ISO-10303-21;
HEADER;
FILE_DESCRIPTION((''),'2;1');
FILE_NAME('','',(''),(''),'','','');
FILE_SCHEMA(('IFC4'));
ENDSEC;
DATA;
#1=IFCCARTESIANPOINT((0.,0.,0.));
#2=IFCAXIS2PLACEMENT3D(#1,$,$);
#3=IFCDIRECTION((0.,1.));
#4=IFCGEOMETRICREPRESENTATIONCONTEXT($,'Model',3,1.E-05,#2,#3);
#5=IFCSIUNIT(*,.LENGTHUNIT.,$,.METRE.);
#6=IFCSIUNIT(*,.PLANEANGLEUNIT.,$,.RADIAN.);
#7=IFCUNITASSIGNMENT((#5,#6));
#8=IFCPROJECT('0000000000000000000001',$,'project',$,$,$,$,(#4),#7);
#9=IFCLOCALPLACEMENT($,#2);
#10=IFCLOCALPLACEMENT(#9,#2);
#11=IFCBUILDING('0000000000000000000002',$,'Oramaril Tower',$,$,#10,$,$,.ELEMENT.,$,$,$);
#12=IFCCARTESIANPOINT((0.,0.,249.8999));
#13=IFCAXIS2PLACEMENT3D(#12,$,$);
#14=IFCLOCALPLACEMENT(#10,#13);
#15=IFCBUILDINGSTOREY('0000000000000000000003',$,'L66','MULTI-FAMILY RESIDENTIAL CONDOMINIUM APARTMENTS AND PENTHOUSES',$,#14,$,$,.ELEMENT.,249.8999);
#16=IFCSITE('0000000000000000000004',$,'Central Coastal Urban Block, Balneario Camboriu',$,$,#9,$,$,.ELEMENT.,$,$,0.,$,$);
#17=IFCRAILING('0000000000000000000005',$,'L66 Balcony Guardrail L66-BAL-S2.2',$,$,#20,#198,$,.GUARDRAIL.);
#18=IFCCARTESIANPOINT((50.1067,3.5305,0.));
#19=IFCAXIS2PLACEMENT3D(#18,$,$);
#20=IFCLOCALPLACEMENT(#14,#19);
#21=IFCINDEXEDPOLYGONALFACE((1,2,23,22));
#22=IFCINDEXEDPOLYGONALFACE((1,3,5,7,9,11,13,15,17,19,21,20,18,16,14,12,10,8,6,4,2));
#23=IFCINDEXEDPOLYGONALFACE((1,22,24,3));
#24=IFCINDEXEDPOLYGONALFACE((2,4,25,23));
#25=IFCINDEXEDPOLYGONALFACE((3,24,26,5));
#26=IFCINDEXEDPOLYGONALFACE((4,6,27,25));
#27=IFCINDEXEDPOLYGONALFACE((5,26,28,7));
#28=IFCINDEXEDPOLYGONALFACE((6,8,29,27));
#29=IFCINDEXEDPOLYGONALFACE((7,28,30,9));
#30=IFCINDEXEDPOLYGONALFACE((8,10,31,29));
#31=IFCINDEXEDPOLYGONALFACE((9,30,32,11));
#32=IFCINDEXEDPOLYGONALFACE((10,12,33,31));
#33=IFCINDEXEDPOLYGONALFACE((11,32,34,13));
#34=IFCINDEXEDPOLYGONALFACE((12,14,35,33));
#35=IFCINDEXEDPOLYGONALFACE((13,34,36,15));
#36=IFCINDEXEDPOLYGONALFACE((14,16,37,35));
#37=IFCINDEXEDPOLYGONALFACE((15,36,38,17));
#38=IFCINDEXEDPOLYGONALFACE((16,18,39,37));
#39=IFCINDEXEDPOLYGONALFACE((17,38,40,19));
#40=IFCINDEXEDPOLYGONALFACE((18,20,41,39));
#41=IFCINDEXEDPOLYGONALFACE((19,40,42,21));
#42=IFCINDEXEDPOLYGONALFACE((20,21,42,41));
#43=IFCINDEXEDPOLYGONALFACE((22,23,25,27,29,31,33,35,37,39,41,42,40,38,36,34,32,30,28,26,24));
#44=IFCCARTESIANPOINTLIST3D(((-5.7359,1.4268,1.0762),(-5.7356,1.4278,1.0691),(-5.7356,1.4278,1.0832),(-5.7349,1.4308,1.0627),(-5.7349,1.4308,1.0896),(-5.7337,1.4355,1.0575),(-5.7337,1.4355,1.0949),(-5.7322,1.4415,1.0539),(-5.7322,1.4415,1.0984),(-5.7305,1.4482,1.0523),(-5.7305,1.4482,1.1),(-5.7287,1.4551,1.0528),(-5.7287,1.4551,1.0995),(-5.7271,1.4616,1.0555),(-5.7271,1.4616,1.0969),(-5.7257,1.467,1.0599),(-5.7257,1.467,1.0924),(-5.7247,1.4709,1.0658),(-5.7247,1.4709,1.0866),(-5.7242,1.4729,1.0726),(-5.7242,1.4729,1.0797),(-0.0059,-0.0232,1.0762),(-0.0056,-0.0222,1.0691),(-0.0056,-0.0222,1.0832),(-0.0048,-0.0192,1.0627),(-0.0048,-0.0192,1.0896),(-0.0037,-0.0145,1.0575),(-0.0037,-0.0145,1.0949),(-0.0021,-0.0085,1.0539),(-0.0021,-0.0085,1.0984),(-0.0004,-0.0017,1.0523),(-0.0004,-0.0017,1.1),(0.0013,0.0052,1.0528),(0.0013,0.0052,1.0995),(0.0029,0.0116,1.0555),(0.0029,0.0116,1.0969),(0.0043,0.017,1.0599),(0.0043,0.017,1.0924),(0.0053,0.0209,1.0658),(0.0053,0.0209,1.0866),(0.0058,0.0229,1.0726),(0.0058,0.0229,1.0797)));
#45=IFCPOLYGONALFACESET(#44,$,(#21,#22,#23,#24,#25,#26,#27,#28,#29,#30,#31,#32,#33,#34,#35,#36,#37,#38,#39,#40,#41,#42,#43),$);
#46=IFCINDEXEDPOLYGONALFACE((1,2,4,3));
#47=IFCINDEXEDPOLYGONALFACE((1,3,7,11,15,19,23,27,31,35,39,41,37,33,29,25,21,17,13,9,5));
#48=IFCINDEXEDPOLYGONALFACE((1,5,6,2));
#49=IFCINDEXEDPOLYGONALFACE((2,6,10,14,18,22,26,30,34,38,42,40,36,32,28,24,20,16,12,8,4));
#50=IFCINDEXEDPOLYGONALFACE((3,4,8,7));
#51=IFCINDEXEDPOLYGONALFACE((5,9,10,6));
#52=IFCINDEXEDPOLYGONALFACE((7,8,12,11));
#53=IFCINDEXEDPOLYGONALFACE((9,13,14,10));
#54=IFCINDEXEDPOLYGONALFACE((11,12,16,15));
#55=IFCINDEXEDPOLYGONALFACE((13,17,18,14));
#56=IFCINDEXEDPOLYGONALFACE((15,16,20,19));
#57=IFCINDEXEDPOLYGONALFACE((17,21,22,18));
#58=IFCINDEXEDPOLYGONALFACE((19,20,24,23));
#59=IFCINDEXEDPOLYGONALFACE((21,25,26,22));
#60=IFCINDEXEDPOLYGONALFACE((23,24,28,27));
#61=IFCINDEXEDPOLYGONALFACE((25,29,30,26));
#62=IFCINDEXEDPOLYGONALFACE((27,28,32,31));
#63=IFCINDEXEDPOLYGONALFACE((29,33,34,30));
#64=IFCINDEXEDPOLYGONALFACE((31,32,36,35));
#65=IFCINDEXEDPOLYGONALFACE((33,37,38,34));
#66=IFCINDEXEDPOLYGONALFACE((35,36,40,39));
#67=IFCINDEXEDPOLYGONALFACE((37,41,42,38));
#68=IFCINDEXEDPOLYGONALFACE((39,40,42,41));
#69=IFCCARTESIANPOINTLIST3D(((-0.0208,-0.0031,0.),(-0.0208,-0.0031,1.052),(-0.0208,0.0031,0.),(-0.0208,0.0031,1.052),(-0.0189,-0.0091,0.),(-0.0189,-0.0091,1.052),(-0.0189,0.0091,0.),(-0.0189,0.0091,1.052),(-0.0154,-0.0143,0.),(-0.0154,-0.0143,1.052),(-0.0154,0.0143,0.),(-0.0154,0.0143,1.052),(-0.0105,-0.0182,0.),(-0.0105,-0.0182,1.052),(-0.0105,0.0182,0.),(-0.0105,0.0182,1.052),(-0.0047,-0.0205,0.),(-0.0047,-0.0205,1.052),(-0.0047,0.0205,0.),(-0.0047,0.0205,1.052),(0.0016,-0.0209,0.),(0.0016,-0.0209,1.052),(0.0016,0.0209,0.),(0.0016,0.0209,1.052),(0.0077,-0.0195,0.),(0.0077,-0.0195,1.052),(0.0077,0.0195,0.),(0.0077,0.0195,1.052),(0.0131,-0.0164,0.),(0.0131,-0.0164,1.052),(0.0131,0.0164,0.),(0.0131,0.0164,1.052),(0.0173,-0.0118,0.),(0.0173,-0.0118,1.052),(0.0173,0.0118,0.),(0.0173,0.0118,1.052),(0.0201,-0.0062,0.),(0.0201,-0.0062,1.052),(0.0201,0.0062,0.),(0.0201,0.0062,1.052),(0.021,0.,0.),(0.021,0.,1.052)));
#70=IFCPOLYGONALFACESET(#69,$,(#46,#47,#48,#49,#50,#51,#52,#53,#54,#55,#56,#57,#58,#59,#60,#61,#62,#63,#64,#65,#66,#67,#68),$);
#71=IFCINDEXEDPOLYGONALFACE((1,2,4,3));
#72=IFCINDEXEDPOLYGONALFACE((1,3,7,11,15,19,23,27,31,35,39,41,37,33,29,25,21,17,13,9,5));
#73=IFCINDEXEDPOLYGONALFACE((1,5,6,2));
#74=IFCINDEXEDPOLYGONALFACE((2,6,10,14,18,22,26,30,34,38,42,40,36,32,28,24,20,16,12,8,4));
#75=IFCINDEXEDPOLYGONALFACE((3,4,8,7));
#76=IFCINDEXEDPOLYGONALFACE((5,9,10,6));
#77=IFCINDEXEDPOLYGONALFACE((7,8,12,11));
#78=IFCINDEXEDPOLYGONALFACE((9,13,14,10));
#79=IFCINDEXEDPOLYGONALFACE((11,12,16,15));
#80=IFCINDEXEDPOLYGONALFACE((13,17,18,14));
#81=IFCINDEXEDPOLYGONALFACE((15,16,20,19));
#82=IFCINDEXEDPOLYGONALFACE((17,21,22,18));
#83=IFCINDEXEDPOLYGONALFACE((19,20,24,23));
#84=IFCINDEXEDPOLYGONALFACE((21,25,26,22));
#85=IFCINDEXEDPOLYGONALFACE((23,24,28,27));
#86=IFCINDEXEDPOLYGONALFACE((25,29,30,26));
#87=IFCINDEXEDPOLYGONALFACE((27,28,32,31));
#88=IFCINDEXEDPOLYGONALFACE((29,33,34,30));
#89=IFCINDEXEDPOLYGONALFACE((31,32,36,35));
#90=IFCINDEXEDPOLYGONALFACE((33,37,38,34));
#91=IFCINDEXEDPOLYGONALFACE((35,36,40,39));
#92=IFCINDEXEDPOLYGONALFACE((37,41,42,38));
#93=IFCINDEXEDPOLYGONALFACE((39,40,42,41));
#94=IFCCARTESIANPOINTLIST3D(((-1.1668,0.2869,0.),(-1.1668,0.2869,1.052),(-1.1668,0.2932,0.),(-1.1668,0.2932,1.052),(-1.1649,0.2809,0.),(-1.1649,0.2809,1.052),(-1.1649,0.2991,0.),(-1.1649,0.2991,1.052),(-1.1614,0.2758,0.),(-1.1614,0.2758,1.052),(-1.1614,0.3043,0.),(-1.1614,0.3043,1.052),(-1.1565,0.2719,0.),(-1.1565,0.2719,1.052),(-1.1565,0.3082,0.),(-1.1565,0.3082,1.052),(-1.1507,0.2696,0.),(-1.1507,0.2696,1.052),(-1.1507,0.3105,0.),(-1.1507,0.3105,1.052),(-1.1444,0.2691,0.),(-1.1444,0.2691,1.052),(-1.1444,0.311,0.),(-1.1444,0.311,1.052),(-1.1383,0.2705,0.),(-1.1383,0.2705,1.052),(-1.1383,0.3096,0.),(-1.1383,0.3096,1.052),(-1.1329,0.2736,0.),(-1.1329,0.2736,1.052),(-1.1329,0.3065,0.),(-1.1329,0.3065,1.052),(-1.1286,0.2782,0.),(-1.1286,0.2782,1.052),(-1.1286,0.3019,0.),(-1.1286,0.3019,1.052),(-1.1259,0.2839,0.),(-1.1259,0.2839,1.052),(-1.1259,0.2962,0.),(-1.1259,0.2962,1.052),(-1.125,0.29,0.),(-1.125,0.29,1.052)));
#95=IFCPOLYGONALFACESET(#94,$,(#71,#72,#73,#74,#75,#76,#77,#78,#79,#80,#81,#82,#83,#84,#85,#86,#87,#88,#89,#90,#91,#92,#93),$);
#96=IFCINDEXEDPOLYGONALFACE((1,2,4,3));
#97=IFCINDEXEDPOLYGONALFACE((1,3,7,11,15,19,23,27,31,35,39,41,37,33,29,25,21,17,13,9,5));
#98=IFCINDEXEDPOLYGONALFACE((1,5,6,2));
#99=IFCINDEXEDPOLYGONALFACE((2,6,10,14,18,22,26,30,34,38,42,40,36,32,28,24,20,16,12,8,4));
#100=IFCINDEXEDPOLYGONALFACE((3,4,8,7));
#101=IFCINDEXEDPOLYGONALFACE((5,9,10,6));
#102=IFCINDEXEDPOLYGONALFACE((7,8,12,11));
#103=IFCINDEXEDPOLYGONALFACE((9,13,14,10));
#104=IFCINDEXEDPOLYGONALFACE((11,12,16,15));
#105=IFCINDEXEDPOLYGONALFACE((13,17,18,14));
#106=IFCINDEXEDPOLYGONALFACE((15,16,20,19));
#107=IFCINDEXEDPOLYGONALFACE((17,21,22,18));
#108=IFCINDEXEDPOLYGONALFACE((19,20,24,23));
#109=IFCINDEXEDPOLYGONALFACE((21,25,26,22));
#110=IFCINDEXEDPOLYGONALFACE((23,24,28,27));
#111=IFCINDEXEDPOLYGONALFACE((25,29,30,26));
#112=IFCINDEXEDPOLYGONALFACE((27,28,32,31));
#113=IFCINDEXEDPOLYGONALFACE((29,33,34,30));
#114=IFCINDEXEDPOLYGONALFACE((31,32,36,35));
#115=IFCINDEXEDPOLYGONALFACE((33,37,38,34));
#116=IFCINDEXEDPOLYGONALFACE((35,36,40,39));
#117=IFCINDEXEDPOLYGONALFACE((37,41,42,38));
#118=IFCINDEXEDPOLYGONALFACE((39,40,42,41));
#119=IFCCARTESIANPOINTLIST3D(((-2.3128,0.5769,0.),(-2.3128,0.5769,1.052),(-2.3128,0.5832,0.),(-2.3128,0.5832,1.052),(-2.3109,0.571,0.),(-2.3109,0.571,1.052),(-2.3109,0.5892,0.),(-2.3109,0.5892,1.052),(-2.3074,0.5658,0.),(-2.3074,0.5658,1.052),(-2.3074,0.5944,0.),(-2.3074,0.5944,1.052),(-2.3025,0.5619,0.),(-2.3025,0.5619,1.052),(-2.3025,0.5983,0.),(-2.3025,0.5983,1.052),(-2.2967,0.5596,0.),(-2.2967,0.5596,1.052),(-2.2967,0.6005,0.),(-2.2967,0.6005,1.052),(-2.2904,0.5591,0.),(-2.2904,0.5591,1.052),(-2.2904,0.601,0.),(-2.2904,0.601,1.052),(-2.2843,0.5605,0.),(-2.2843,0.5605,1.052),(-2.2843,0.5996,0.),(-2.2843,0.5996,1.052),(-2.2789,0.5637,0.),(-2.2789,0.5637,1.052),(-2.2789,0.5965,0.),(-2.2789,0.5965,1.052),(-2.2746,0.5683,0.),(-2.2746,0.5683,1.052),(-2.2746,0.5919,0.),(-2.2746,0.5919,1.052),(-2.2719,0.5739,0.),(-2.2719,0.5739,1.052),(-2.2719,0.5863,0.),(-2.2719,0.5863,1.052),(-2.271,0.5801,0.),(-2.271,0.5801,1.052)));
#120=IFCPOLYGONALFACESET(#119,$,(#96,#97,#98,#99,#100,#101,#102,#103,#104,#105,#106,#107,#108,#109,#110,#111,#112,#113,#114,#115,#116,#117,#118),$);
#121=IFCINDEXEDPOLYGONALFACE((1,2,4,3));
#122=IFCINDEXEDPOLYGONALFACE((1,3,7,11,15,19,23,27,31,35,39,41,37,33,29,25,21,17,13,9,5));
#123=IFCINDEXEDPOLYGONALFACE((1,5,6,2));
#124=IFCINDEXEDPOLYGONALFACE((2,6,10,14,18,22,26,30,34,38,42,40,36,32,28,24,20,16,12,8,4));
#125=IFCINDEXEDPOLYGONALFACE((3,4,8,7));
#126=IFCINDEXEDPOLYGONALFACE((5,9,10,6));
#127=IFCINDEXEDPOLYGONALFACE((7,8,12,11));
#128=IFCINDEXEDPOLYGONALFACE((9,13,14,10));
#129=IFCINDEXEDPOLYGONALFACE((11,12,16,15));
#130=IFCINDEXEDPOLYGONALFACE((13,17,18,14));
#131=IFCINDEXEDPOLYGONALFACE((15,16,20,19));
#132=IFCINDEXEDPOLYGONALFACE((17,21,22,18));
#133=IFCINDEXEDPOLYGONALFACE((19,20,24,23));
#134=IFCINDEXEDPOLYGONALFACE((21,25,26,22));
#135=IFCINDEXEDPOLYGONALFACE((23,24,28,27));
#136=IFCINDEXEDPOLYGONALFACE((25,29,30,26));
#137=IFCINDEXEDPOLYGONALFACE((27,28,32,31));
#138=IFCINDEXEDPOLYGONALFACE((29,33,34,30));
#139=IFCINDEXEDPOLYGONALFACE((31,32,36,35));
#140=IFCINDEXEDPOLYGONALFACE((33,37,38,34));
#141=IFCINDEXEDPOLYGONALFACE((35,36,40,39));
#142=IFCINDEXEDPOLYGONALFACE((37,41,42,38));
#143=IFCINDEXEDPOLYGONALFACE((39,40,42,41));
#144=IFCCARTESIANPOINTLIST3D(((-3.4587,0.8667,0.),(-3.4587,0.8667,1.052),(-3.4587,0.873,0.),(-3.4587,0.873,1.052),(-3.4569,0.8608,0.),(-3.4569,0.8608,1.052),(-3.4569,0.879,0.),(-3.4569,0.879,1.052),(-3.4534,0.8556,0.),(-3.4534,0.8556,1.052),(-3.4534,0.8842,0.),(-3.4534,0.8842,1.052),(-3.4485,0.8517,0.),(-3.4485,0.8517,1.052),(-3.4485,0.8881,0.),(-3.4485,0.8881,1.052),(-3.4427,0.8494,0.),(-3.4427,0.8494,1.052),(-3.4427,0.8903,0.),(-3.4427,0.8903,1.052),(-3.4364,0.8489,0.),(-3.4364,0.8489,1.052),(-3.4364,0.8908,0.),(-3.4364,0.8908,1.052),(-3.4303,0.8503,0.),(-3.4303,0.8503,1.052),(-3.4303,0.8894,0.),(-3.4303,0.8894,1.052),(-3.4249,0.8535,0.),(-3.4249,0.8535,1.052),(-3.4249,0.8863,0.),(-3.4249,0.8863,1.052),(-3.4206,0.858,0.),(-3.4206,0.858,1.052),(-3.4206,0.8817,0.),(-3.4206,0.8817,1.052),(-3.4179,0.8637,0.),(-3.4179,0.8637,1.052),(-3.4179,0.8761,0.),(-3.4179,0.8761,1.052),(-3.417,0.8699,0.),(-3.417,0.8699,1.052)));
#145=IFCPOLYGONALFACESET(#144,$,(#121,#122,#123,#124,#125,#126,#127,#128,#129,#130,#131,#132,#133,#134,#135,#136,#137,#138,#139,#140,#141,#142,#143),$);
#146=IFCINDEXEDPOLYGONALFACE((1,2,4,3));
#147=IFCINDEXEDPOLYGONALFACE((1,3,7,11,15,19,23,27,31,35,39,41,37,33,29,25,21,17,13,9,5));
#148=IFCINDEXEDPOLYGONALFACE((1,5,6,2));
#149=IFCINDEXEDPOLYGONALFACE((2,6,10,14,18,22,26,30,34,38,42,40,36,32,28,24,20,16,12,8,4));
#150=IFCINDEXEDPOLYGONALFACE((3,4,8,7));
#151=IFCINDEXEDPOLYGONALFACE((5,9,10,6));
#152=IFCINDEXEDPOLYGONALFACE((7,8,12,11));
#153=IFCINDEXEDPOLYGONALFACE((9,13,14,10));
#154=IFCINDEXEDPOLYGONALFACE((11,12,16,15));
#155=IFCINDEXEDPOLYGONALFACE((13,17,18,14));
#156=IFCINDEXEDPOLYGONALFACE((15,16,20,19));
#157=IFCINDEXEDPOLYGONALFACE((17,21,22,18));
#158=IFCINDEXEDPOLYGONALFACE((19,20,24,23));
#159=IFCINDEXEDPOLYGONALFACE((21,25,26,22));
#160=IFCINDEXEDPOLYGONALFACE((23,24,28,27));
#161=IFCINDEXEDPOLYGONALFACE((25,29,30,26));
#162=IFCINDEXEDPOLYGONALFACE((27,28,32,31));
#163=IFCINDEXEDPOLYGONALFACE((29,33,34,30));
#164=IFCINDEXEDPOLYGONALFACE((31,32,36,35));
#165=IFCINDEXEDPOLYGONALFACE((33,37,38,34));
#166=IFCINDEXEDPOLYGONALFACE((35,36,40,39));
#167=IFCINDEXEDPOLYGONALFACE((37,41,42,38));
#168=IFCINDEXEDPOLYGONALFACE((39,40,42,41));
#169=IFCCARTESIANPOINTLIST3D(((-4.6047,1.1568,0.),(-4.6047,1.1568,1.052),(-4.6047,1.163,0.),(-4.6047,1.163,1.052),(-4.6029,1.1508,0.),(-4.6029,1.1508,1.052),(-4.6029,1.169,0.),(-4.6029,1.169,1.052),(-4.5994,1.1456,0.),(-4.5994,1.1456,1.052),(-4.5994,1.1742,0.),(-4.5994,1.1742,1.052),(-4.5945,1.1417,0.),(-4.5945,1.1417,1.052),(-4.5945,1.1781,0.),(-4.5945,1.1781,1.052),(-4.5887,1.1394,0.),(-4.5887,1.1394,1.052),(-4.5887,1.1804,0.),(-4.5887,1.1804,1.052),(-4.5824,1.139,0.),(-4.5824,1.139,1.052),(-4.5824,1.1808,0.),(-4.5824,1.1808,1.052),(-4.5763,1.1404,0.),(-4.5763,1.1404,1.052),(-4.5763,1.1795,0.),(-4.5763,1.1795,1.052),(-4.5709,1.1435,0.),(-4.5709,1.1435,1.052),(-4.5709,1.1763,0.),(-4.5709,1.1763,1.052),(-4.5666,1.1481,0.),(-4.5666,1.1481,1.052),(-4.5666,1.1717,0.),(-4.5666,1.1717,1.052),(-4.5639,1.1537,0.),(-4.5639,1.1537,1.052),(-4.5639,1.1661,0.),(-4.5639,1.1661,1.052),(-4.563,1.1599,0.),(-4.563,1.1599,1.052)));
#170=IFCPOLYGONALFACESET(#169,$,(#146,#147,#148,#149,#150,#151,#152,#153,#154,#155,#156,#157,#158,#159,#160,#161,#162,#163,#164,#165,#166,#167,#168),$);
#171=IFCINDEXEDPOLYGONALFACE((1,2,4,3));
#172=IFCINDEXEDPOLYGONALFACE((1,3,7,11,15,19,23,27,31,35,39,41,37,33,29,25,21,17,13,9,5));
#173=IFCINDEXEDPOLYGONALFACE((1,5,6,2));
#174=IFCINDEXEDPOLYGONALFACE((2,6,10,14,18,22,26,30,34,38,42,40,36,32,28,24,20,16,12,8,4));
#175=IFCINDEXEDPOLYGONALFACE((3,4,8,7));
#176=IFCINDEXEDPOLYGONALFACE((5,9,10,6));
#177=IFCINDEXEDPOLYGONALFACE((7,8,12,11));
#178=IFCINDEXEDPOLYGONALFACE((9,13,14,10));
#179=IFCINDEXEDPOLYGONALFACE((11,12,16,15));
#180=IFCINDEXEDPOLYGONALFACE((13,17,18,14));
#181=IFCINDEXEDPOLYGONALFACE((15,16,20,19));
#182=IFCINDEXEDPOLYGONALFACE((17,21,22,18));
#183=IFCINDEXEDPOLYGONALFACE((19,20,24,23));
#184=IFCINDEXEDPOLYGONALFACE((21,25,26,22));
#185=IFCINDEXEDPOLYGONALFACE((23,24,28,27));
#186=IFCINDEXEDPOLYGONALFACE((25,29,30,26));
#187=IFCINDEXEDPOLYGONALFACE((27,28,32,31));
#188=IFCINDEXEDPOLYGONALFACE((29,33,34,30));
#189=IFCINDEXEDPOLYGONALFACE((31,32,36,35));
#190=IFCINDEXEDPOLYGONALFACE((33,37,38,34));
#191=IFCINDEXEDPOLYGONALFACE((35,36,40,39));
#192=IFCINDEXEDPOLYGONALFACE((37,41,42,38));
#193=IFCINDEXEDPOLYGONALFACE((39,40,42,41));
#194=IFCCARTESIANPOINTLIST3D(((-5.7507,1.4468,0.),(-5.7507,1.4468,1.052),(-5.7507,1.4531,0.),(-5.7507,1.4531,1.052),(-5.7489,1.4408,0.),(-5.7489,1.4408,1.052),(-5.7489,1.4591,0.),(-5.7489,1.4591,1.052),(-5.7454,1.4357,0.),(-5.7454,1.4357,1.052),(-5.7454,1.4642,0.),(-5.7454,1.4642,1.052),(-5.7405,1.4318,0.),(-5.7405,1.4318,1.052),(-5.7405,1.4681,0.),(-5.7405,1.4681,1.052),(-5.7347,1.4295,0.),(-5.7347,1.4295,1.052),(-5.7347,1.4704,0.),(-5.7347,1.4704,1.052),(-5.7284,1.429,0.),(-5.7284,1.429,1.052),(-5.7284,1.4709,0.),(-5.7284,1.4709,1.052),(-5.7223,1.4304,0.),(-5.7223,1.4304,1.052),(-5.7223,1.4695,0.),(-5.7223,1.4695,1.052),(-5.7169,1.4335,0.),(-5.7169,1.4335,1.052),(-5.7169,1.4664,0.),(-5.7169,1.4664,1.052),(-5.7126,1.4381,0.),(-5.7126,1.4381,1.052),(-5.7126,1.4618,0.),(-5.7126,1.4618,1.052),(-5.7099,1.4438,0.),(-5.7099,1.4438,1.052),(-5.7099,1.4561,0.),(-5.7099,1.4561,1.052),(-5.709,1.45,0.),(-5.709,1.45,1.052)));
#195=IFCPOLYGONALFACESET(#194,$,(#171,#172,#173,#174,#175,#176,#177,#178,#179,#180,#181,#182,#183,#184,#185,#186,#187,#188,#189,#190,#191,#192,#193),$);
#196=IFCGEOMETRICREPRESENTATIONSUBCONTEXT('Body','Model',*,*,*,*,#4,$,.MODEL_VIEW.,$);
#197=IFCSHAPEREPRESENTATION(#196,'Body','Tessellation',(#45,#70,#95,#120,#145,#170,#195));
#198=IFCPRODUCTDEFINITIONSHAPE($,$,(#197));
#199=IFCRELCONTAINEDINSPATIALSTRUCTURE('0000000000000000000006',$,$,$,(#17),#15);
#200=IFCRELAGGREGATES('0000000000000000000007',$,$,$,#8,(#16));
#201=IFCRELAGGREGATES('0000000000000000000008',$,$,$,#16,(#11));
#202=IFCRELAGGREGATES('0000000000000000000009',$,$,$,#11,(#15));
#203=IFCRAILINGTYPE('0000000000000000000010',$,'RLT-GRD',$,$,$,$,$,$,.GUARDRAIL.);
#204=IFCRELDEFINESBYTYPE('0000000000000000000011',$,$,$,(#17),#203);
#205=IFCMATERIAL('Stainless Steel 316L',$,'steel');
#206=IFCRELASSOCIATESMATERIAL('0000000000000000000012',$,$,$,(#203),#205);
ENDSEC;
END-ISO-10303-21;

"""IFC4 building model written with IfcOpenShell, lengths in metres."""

from ifc_helpers import new_model, si_unit, direction, frame, origin, origin_2d, place, context, subcontext, project, spatial, circle, extrude, material, type_object, element, save


model = new_model("IFC4")

# Units and contexts
model_context = context("Model", 3, precision=1e-05, world=origin(), true_north=direction((0.0, 1.0)))
body_context = subcontext(model_context, "Body", "Model", "MODEL_VIEW")
ifc_project = project(units=[si_unit("LENGTHUNIT", "METRE"), si_unit("PLANEANGLEUNIT", "RADIAN")], contexts=[model_context])

# Site, building, storey
site_placement = place(None, origin())
site = spatial("IfcSite", under=ifc_project, at=site_placement, Name="Central Coastal Urban Block, Balneario Camboriu", CompositionType="ELEMENT", RefElevation=0.0)
building_placement = place(site_placement, origin())
building = spatial("IfcBuilding", under=site, at=building_placement, Name="Oramaril Tower", CompositionType="ELEMENT")
storey_placement = place(building_placement, frame((0.0, 0.0, 249.8999)))
storey = spatial("IfcBuildingStorey", under=building, at=storey_placement, Name="L66", Description="MULTI-FAMILY RESIDENTIAL CONDOMINIUM APARTMENTS AND PENTHOUSES", CompositionType="ELEMENT", Elevation=249.8999)

# Railing
ifc_material_1 = material(Name="Stainless Steel 316L", Category="steel")
railing_type = type_object("IfcRailingType", Name="RLT-GRD", PredefinedType="GUARDRAIL", material=ifc_material_1)
railing_1_placement = place(storey_placement, frame((50.1067, 3.5305, 0.0)))
element("IfcRailing", 1, at=railing_1_placement, inside=storey, type_object=railing_type, Name="L66 Balcony Guardrail L66-BAL-S2.2", PredefinedType="GUARDRAIL", context=body_context, shape_type="SweptSolid", body=[
    extrude(circle(Radius=0.0239, at=origin_2d()), frame((0.0, 0.0, 1.0762), z_axis=(-0.969444, 0.245314, 0.0), x_axis=(-0.245314, -0.969444, 0.0)), (0.0, 0.0, 1.0), 5.9106),
    extrude(circle(Radius=0.021, at=origin_2d()), origin(), (0.0, 0.0, 1.0), 1.052),
    extrude(circle(Radius=0.021, at=origin_2d()), frame((-1.146, 0.29, 0.0)), (0.0, 0.0, 1.0), 1.052),
    extrude(circle(Radius=0.021, at=origin_2d()), frame((-2.292, 0.5801, 0.0)), (0.0, 0.0, 1.0), 1.052),
    extrude(circle(Radius=0.021, at=origin_2d()), frame((-3.438, 0.8699, 0.0)), (0.0, 0.0, 1.0), 1.052),
    extrude(circle(Radius=0.021, at=origin_2d()), frame((-4.584, 1.1599, 0.0)), (0.0, 0.0, 1.0), 1.052),
    extrude(circle(Radius=0.021, at=origin_2d()), frame((-5.73, 1.45, 0.0)), (0.0, 0.0, 1.0), 1.052),
])

save(model, "model.ifc")
